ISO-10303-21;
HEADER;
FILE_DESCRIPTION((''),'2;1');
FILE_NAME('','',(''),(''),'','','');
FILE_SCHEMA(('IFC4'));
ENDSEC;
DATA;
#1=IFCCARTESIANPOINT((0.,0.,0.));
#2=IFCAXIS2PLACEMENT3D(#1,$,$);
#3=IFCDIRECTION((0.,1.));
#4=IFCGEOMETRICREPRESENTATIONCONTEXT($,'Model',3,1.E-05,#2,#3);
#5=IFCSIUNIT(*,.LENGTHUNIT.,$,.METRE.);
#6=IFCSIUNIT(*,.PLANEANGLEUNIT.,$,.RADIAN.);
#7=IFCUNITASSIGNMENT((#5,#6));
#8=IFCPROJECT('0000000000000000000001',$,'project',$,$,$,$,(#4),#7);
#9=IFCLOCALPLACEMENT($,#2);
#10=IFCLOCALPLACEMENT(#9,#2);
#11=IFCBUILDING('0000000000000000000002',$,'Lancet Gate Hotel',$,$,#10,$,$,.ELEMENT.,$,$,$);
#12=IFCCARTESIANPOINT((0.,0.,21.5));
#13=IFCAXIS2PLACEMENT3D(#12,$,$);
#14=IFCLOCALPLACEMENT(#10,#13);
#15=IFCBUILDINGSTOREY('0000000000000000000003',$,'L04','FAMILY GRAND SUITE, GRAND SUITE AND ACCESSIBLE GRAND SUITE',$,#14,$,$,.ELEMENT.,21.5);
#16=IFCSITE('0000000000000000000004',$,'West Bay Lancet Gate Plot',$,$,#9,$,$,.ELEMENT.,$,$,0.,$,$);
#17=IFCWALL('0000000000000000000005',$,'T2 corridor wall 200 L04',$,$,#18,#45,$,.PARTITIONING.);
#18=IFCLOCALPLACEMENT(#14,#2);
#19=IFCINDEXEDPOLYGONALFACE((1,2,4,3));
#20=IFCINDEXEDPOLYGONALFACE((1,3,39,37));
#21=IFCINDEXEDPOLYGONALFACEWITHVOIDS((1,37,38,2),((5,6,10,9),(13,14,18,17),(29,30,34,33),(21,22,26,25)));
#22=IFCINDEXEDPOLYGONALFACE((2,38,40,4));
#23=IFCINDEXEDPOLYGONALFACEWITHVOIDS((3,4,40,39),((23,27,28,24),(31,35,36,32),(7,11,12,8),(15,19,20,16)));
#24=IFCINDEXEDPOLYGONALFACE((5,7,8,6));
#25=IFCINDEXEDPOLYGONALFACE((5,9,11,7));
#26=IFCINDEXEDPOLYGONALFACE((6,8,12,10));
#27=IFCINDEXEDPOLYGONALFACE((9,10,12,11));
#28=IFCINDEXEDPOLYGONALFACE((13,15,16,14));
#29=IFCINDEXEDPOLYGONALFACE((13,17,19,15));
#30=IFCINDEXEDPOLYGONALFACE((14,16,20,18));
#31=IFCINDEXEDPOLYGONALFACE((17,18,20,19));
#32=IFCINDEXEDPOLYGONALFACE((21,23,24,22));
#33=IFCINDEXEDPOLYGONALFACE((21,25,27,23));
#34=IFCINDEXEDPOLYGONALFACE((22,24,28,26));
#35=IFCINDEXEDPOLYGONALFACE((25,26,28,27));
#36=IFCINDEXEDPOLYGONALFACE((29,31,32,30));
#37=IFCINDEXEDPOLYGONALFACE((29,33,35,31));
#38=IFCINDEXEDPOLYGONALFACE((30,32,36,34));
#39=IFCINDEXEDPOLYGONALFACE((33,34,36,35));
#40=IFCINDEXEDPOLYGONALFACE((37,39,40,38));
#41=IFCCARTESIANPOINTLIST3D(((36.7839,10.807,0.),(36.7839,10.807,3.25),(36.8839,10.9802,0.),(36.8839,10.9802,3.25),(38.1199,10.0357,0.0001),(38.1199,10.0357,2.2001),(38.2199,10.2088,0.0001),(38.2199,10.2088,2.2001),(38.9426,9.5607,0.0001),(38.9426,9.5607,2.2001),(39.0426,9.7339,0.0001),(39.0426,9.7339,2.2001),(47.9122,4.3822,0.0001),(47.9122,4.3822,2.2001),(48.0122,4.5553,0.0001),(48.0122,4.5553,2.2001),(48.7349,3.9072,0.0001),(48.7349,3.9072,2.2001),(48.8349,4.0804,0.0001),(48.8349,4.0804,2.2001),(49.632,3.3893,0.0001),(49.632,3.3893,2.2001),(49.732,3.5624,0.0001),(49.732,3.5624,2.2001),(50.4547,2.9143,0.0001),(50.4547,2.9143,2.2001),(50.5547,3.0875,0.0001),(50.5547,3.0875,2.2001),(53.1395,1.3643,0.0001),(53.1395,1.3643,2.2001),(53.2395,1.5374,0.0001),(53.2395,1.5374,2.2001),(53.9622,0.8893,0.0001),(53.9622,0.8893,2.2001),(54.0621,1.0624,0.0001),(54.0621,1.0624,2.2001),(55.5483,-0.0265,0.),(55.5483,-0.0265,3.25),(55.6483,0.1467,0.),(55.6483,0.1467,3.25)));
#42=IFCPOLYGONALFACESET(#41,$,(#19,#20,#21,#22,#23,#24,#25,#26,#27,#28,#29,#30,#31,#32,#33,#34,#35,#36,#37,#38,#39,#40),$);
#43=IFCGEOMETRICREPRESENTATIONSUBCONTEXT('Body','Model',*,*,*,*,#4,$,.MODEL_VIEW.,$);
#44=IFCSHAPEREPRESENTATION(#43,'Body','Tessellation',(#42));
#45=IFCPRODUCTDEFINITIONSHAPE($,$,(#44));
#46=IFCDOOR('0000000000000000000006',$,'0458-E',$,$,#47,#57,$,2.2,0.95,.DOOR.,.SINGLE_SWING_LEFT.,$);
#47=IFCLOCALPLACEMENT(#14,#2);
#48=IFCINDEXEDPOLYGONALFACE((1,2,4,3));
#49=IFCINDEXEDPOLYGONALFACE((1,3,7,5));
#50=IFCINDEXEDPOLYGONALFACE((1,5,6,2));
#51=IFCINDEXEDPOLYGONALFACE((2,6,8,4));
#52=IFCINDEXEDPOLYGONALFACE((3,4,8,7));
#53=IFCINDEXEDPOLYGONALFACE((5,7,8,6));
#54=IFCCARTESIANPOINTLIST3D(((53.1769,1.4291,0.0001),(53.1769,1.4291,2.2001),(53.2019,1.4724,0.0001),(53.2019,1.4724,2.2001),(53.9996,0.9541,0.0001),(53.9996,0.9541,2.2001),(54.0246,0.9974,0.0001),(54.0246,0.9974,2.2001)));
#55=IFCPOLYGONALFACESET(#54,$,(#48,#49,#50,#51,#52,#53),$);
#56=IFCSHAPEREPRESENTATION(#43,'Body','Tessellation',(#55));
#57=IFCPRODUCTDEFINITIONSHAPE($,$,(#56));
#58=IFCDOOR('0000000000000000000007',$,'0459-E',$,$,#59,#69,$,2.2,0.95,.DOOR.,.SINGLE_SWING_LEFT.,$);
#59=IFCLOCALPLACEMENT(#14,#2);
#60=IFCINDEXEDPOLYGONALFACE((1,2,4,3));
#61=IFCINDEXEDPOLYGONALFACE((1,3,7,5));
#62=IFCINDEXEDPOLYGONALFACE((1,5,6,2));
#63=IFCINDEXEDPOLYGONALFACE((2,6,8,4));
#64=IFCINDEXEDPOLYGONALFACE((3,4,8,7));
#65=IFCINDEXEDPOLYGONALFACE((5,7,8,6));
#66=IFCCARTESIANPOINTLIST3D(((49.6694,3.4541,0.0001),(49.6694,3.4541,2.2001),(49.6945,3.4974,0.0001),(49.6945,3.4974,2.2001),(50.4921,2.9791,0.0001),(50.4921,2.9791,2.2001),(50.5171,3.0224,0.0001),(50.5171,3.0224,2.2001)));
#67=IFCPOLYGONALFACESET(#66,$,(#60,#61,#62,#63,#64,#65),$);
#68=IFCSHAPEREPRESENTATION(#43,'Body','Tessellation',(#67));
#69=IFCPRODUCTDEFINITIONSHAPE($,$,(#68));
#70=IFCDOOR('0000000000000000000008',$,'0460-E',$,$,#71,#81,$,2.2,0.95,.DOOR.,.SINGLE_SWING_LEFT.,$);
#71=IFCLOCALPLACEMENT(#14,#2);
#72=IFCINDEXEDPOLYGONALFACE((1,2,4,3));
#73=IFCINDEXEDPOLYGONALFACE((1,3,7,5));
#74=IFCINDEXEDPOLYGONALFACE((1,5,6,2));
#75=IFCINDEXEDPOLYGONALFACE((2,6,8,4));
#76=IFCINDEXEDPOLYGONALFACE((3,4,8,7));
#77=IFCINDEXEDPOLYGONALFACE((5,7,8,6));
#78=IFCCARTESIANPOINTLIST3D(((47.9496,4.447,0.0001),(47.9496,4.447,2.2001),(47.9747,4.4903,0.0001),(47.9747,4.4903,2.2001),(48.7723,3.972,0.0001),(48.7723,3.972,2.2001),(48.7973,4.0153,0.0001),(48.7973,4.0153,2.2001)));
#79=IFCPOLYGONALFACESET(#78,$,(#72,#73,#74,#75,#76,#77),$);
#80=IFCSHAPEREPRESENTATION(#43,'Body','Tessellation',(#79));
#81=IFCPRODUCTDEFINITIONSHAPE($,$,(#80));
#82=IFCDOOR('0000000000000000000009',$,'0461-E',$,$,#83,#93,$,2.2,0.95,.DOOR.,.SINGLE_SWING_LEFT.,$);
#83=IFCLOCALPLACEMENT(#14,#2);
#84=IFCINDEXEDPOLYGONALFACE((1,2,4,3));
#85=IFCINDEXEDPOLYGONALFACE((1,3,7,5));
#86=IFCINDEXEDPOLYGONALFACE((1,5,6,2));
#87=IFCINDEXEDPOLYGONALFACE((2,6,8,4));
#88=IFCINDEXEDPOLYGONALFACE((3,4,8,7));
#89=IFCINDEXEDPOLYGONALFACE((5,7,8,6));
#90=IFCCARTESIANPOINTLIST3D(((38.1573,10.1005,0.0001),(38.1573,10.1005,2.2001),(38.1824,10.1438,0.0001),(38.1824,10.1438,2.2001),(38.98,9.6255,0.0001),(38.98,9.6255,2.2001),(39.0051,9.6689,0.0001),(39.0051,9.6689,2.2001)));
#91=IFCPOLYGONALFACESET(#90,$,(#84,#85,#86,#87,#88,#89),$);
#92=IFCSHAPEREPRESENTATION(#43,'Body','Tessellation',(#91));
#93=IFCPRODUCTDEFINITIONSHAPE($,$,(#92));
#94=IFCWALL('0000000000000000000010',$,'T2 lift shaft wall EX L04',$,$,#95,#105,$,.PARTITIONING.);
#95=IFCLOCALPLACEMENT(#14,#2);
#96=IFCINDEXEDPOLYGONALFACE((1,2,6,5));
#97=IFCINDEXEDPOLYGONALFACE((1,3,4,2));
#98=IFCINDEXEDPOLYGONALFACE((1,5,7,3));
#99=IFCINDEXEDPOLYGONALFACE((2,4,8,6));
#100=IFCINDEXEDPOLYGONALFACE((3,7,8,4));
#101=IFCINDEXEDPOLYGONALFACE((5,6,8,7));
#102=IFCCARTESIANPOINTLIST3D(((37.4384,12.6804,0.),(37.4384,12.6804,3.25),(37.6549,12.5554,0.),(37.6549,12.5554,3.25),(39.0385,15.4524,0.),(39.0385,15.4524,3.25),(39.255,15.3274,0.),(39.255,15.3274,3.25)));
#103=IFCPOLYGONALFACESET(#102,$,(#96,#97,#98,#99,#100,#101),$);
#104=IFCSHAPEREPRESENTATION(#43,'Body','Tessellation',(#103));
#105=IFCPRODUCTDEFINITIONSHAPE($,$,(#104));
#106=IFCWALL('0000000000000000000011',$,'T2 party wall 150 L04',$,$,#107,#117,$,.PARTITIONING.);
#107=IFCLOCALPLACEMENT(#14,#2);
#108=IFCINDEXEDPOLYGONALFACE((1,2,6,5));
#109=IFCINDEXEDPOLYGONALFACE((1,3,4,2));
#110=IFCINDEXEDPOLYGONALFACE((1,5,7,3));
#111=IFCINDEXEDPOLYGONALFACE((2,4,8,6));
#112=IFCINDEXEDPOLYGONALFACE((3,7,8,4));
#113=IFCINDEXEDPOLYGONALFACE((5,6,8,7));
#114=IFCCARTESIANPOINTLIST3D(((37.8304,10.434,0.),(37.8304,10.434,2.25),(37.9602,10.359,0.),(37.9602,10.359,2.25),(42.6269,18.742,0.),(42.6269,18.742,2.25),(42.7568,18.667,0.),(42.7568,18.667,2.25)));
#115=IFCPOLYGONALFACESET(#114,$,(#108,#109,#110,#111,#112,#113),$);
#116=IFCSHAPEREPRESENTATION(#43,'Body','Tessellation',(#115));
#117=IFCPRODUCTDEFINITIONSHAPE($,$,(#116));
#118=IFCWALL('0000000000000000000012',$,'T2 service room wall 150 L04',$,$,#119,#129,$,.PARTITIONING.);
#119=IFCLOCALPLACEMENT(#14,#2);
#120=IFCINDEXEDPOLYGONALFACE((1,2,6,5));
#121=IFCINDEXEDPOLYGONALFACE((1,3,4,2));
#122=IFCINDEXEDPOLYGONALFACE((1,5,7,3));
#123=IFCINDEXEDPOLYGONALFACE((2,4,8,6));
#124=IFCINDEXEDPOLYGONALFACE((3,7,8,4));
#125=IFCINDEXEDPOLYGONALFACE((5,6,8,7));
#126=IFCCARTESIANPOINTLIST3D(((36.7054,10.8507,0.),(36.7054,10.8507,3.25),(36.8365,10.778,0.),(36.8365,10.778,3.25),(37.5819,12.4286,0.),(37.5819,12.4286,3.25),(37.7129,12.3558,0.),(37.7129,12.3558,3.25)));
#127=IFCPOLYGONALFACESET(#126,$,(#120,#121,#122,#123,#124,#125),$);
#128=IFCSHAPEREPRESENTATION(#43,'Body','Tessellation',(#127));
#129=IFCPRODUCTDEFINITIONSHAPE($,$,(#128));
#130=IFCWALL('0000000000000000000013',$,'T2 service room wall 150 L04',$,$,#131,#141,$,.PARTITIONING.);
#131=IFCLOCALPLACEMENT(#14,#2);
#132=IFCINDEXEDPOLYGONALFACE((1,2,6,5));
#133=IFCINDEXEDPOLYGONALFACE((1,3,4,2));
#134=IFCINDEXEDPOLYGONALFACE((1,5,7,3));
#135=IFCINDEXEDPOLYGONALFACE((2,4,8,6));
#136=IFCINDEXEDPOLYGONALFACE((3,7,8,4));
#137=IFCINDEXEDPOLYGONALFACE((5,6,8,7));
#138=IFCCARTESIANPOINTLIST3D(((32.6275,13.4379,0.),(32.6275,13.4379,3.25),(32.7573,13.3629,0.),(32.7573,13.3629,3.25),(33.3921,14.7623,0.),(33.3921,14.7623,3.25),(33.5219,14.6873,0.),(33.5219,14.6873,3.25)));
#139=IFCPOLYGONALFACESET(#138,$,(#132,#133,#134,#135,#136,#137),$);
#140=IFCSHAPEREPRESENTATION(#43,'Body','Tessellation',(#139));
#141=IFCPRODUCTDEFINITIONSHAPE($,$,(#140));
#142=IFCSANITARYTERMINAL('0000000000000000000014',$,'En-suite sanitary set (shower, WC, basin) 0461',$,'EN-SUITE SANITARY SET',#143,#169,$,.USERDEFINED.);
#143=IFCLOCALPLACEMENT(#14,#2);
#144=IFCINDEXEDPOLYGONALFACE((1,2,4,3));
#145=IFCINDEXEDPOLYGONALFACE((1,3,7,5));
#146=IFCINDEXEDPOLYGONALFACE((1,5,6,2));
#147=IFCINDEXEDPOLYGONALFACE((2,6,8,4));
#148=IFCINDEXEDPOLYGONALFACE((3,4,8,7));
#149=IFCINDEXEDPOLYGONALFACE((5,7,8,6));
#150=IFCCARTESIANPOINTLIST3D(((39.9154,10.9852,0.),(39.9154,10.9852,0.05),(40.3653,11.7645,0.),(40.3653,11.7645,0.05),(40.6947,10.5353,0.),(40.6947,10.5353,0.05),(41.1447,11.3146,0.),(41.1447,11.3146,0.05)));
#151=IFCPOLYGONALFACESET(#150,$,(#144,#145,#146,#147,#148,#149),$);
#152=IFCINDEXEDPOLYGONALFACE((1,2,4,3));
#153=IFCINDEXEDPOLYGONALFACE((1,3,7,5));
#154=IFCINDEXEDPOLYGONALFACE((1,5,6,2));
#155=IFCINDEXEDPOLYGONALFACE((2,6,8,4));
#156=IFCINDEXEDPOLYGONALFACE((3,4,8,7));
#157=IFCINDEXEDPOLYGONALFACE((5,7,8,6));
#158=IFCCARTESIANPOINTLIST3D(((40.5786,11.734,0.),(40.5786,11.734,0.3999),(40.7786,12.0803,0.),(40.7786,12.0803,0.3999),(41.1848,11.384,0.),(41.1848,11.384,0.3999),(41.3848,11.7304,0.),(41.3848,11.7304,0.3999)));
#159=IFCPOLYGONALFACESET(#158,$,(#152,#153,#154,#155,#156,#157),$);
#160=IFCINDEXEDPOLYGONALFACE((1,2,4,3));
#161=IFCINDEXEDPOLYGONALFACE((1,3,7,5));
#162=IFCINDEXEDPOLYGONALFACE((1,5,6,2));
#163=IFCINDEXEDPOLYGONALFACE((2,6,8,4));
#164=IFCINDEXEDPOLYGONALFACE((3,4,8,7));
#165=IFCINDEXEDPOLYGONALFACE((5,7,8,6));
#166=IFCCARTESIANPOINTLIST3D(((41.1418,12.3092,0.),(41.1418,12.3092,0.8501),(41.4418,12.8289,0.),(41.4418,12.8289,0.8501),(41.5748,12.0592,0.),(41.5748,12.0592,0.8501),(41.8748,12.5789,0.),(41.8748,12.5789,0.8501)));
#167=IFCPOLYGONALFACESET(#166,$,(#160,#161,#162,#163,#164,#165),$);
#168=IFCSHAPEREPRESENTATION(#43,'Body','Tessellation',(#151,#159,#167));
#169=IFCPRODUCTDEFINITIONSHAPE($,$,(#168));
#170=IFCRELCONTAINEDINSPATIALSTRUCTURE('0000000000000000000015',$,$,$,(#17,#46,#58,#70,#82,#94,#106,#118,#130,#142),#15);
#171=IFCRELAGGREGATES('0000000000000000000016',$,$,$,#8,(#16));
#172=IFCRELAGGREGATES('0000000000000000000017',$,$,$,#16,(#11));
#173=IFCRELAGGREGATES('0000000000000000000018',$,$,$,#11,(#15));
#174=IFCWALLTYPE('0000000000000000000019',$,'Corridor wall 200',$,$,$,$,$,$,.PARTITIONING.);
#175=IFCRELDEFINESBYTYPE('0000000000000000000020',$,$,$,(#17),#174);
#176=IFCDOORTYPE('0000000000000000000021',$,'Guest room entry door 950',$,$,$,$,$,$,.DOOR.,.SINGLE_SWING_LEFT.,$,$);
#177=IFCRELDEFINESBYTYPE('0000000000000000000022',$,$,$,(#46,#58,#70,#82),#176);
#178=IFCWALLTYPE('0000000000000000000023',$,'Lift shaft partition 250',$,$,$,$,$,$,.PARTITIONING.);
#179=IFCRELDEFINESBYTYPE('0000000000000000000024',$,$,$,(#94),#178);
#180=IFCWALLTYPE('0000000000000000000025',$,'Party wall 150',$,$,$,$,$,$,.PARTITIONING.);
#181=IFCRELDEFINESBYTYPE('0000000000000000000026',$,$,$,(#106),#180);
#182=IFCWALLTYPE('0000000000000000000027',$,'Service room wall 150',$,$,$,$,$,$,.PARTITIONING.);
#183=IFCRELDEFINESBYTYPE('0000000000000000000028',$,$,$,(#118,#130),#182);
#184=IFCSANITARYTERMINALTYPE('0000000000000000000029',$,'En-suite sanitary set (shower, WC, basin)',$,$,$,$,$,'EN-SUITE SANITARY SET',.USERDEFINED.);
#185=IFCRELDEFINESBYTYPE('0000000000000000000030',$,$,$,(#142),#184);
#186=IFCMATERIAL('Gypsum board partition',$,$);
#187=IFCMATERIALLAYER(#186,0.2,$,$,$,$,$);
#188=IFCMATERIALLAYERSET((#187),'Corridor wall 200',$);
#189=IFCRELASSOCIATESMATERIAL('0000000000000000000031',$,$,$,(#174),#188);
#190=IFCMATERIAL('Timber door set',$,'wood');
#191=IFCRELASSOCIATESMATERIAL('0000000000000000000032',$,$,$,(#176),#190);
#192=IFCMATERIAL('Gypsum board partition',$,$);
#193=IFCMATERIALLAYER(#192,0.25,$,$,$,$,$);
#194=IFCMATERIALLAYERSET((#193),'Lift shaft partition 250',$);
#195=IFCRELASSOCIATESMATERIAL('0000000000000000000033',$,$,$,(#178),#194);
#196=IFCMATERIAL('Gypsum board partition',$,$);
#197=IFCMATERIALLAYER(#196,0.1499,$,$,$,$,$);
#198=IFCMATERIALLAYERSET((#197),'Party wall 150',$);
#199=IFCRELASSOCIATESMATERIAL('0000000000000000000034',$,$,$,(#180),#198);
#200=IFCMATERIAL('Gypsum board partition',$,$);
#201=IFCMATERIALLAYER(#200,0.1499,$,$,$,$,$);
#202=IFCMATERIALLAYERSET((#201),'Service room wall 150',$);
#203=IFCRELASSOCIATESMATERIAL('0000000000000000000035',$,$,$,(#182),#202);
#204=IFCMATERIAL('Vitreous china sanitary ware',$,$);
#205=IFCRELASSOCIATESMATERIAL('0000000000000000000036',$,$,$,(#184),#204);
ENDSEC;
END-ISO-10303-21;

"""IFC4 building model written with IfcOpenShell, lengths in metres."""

from ifc_helpers import new_model, si_unit, direction, frame, frame_2d, origin, origin_2d, place, context, subcontext, project, spatial, rectangle, extrude, material, layer, layer_set, type_object, element, fill, save


model = new_model("IFC4")

# Units and contexts
model_context = context("Model", 3, precision=1e-05, world=origin(), true_north=direction((0.0, 1.0)))
body_context = subcontext(model_context, "Body", "Model", "MODEL_VIEW")
ifc_project = project(units=[si_unit("LENGTHUNIT", "METRE"), si_unit("PLANEANGLEUNIT", "RADIAN")], contexts=[model_context])

# Site, building, storey
site_placement = place(None, origin())
site = spatial("IfcSite", under=ifc_project, at=site_placement, Name="West Bay Lancet Gate Plot", CompositionType="ELEMENT", RefElevation=0.0)
building_placement = place(site_placement, origin())
building = spatial("IfcBuilding", under=site, at=building_placement, Name="Lancet Gate Hotel", CompositionType="ELEMENT")
storey_placement = place(building_placement, frame((0.0, 0.0, 21.5)))
storey = spatial("IfcBuildingStorey", under=building, at=storey_placement, Name="L04", Description="FAMILY GRAND SUITE, GRAND SUITE AND ACCESSIBLE GRAND SUITE", CompositionType="ELEMENT", Elevation=21.5)

# Wall, openings, doors
ifc_material_1 = material(Name="Gypsum board partition")
ifc_layer_1 = layer(ifc_material_1, 0.2)
ifc_layer_set_1 = layer_set([ifc_layer_1], Name="Corridor wall 200")
wall_type_1 = type_object("IfcWallType", Name="Corridor wall 200", PredefinedType="PARTITIONING", material=ifc_layer_set_1)
wall_1_placement = place(storey_placement, frame((36.834, 10.8936, 0.0), z_axis=(0.0, 0.0, 1.0), x_axis=(0.866028, -0.499995, 0.0)))
wall_1 = element("IfcWall", 1, at=wall_1_placement, inside=storey, type_object=wall_type_1, Name="T2 corridor wall 200 L04", PredefinedType="PARTITIONING", context=body_context, shape_type="SweptSolid", body=[
    extrude(rectangle(XDim=21.6672, YDim=0.2, at=frame_2d((10.8335, 0.0))), origin(), (0.0, 0.0, 1.0), 3.25),
])
opening_1_placement = place(wall_1_placement, frame((18.8855, 0.0, 0.0)))
opening_1 = element("IfcOpeningElement", 2, at=opening_1_placement, cuts=wall_1, PredefinedType="OPENING", context=body_context, shape_type="SweptSolid", body=[
    extrude(rectangle(XDim=0.95, YDim=2.2, at=frame_2d((0.4751, 1.1001))), frame((0.0, 0.1099, 0.0), z_axis=(0.0, -1.0, 0.0), x_axis=(1.0, 0.0, 0.0)), (0.0, 0.0, 1.0), 0.22),
])
opening_2_placement = place(wall_1_placement, frame((14.8354, 0.0, 0.0)))
opening_2 = element("IfcOpeningElement", 3, at=opening_2_placement, cuts=wall_1, PredefinedType="OPENING", context=body_context, shape_type="SweptSolid", body=[
    extrude(rectangle(XDim=0.95, YDim=2.2, at=frame_2d((0.4751, 1.1001))), frame((0.0, 0.1099, 0.0), z_axis=(0.0, -1.0, 0.0), x_axis=(1.0, 0.0, 0.0)), (0.0, 0.0, 1.0), 0.22),
])
opening_3_placement = place(wall_1_placement, frame((12.8496, 0.0, 0.0)))
opening_3 = element("IfcOpeningElement", 4, at=opening_3_placement, cuts=wall_1, PredefinedType="OPENING", context=body_context, shape_type="SweptSolid", body=[
    extrude(rectangle(XDim=0.95, YDim=2.2, at=frame_2d((0.4751, 1.1001))), frame((0.0, 0.1099, 0.0), z_axis=(0.0, -1.0, 0.0), x_axis=(1.0, 0.0, 0.0)), (0.0, 0.0, 1.0), 0.22),
])
opening_4_placement = place(wall_1_placement, frame((1.5425, 0.0, 0.0)))
opening_4 = element("IfcOpeningElement", 5, at=opening_4_placement, cuts=wall_1, PredefinedType="OPENING", context=body_context, shape_type="SweptSolid", body=[
    extrude(rectangle(XDim=0.95, YDim=2.2, at=frame_2d((0.4751, 1.1001))), frame((0.0, 0.1099, 0.0), z_axis=(0.0, -1.0, 0.0), x_axis=(1.0, 0.0, 0.0)), (0.0, 0.0, 1.0), 0.22),
])
ifc_material_2 = material(Name="Timber door set", Category="wood")
door_type_1 = type_object("IfcDoorType", Name="Guest room entry door 950", OperationType="SINGLE_SWING_LEFT", PredefinedType="DOOR", material=ifc_material_2)
door_1_placement = place(opening_1_placement, origin())
door_1 = element("IfcDoor", 6, at=door_1_placement, inside=storey, type_object=door_type_1, Name="0458-E", OperationType="SINGLE_SWING_LEFT", OverallHeight=2.2, OverallWidth=0.95, PredefinedType="DOOR", context=body_context, shape_type="SweptSolid", body=[
    extrude(rectangle(XDim=0.95, YDim=2.2, at=frame_2d((0.4751, 1.1001))), frame((0.0, 0.0249, 0.0), z_axis=(0.0, -1.0, 0.0), x_axis=(1.0, 0.0, 0.0)), (0.0, 0.0, 1.0), 0.05),
])
fill(opening_1, door_1)
door_2_placement = place(opening_2_placement, origin())
door_2 = element("IfcDoor", 7, at=door_2_placement, inside=storey, type_object=door_type_1, Name="0459-E", OperationType="SINGLE_SWING_LEFT", OverallHeight=2.2, OverallWidth=0.95, PredefinedType="DOOR", context=body_context, shape_type="SweptSolid", body=[
    extrude(rectangle(XDim=0.95, YDim=2.2, at=frame_2d((0.4751, 1.1001))), frame((0.0, 0.0249, 0.0), z_axis=(0.0, -1.0, 0.0), x_axis=(1.0, 0.0, 0.0)), (0.0, 0.0, 1.0), 0.05),
])
fill(opening_2, door_2)
door_3_placement = place(opening_3_placement, origin())
door_3 = element("IfcDoor", 8, at=door_3_placement, inside=storey, type_object=door_type_1, Name="0460-E", OperationType="SINGLE_SWING_LEFT", OverallHeight=2.2, OverallWidth=0.95, PredefinedType="DOOR", context=body_context, shape_type="SweptSolid", body=[
    extrude(rectangle(XDim=0.95, YDim=2.2, at=frame_2d((0.4751, 1.1001))), frame((0.0, 0.0249, 0.0), z_axis=(0.0, -1.0, 0.0), x_axis=(1.0, 0.0, 0.0)), (0.0, 0.0, 1.0), 0.05),
])
fill(opening_3, door_3)
door_4_placement = place(opening_4_placement, origin())
door_4 = element("IfcDoor", 9, at=door_4_placement, inside=storey, type_object=door_type_1, Name="0461-E", OperationType="SINGLE_SWING_LEFT", OverallHeight=2.2, OverallWidth=0.95, PredefinedType="DOOR", context=body_context, shape_type="SweptSolid", body=[
    extrude(rectangle(XDim=0.95, YDim=2.2, at=frame_2d((0.4751, 1.1001))), frame((0.0, 0.0249, 0.0), z_axis=(0.0, -1.0, 0.0), x_axis=(1.0, 0.0, 0.0)), (0.0, 0.0, 1.0), 0.05),
])
fill(opening_4, door_4)

# Walls
ifc_material_3 = material(Name="Gypsum board partition")
ifc_layer_2 = layer(ifc_material_3, 0.25)
ifc_layer_set_2 = layer_set([ifc_layer_2], Name="Lift shaft partition 250")
wall_type_2 = type_object("IfcWallType", Name="Lift shaft partition 250", PredefinedType="PARTITIONING", material=ifc_layer_set_2)
wall_2_placement = place(storey_placement, frame((37.5466, 12.6179, 0.0), z_axis=(0.0, 0.0, 1.0), x_axis=(0.499929, 0.866066, 0.0)))
element("IfcWall", 10, at=wall_2_placement, inside=storey, type_object=wall_type_2, Name="T2 lift shaft wall EX L04", PredefinedType="PARTITIONING", context=body_context, shape_type="SweptSolid", body=[
    extrude(rectangle(XDim=3.2007, YDim=0.25, at=frame_2d((1.6003, 0.0))), origin(), (0.0, 0.0, 1.0), 3.25),
])
ifc_material_4 = material(Name="Gypsum board partition")
ifc_layer_3 = layer(ifc_material_4, 0.1499)
ifc_layer_set_3 = layer_set([ifc_layer_3], Name="Party wall 150")
wall_type_3 = type_object("IfcWallType", Name="Party wall 150", PredefinedType="PARTITIONING", material=ifc_layer_set_3)
wall_3_placement = place(storey_placement, frame((37.8953, 10.3965, 0.0), z_axis=(0.0, 0.0, 1.0), x_axis=(0.499996, 0.866028, 0.0)))
element("IfcWall", 11, at=wall_3_placement, inside=storey, type_object=wall_type_3, Name="T2 party wall 150 L04", PredefinedType="PARTITIONING", context=body_context, shape_type="SweptSolid", body=[
    extrude(rectangle(XDim=9.5933, YDim=0.1499, at=frame_2d((4.7966, 0.0))), origin(), (0.0, 0.0, 1.0), 2.25),
])
ifc_material_5 = material(Name="Gypsum board partition")
ifc_layer_4 = layer(ifc_material_5, 0.1499)
ifc_layer_set_4 = layer_set([ifc_layer_4], Name="Service room wall 150")
wall_type_4 = type_object("IfcWallType", Name="Service room wall 150", PredefinedType="PARTITIONING", material=ifc_layer_set_4)
wall_4_placement = place(storey_placement, frame((36.771, 10.8145, 0.0), z_axis=(0.0, 0.0, 1.0), x_axis=(0.485586, 0.874189, 0.0)))
element("IfcWall", 12, at=wall_4_placement, inside=storey, type_object=wall_type_4, Name="T2 service room wall 150 L04", PredefinedType="PARTITIONING", context=body_context, shape_type="SweptSolid", body=[
    extrude(rectangle(XDim=1.8049, YDim=0.1499, at=frame_2d((0.9023, 0.0))), origin(), (0.0, 0.0, 1.0), 3.25),
])
wall_5_placement = place(storey_placement, frame((32.6924, 13.4004, 0.0), z_axis=(0.0, 0.0, 1.0), x_axis=(0.499985, 0.866034, 0.0)))
element("IfcWall", 13, at=wall_5_placement, inside=storey, type_object=wall_type_4, Name="T2 service room wall 150 L04", PredefinedType="PARTITIONING", context=body_context, shape_type="SweptSolid", body=[
    extrude(rectangle(XDim=1.5293, YDim=0.1499, at=frame_2d((0.7646, 0.0))), origin(), (0.0, 0.0, 1.0), 3.25),
])

# Sanitary terminal
ifc_material_6 = material(Name="Vitreous china sanitary ware")
sanitary_terminal_type = type_object("IfcSanitaryTerminalType", Name="En-suite sanitary set (shower, WC, basin)", ElementType="EN-SUITE SANITARY SET", PredefinedType="USERDEFINED", material=ifc_material_6)
sanitary_terminal_placement = place(storey_placement, frame((40.53, 11.1499, 0.0), z_axis=(0.0, 0.0, 1.0), x_axis=(1.0, 0.0, 0.0)))
element("IfcSanitaryTerminal", 14, at=sanitary_terminal_placement, inside=storey, type_object=sanitary_terminal_type, Name="En-suite sanitary set (shower, WC, basin) 0461", ObjectType="EN-SUITE SANITARY SET", PredefinedType="USERDEFINED", context=body_context, shape_type="SweptSolid", body=[
    extrude(rectangle(XDim=0.8999, YDim=0.8999, at=origin_2d()), frame((0.0, 0.0, 0.0), z_axis=(0.0, 0.0, 1.0), x_axis=(-0.5, -0.866025, 0.0)), (0.0, 0.0, 1.0), 0.05),
    extrude(rectangle(XDim=0.3999, YDim=0.7, at=origin_2d()), frame((0.4517, 0.5823, 0.0), z_axis=(0.0, 0.0, 1.0), x_axis=(-0.5, -0.866025, 0.0)), (0.0, 0.0, 1.0), 0.3999),
    extrude(rectangle(XDim=0.6001, YDim=0.5, at=origin_2d()), frame((0.9783, 1.2942, 0.0), z_axis=(0.0, 0.0, 1.0), x_axis=(-0.5, -0.866025, 0.0)), (0.0, 0.0, 1.0), 0.8501),
])

save(model, "model.ifc")
